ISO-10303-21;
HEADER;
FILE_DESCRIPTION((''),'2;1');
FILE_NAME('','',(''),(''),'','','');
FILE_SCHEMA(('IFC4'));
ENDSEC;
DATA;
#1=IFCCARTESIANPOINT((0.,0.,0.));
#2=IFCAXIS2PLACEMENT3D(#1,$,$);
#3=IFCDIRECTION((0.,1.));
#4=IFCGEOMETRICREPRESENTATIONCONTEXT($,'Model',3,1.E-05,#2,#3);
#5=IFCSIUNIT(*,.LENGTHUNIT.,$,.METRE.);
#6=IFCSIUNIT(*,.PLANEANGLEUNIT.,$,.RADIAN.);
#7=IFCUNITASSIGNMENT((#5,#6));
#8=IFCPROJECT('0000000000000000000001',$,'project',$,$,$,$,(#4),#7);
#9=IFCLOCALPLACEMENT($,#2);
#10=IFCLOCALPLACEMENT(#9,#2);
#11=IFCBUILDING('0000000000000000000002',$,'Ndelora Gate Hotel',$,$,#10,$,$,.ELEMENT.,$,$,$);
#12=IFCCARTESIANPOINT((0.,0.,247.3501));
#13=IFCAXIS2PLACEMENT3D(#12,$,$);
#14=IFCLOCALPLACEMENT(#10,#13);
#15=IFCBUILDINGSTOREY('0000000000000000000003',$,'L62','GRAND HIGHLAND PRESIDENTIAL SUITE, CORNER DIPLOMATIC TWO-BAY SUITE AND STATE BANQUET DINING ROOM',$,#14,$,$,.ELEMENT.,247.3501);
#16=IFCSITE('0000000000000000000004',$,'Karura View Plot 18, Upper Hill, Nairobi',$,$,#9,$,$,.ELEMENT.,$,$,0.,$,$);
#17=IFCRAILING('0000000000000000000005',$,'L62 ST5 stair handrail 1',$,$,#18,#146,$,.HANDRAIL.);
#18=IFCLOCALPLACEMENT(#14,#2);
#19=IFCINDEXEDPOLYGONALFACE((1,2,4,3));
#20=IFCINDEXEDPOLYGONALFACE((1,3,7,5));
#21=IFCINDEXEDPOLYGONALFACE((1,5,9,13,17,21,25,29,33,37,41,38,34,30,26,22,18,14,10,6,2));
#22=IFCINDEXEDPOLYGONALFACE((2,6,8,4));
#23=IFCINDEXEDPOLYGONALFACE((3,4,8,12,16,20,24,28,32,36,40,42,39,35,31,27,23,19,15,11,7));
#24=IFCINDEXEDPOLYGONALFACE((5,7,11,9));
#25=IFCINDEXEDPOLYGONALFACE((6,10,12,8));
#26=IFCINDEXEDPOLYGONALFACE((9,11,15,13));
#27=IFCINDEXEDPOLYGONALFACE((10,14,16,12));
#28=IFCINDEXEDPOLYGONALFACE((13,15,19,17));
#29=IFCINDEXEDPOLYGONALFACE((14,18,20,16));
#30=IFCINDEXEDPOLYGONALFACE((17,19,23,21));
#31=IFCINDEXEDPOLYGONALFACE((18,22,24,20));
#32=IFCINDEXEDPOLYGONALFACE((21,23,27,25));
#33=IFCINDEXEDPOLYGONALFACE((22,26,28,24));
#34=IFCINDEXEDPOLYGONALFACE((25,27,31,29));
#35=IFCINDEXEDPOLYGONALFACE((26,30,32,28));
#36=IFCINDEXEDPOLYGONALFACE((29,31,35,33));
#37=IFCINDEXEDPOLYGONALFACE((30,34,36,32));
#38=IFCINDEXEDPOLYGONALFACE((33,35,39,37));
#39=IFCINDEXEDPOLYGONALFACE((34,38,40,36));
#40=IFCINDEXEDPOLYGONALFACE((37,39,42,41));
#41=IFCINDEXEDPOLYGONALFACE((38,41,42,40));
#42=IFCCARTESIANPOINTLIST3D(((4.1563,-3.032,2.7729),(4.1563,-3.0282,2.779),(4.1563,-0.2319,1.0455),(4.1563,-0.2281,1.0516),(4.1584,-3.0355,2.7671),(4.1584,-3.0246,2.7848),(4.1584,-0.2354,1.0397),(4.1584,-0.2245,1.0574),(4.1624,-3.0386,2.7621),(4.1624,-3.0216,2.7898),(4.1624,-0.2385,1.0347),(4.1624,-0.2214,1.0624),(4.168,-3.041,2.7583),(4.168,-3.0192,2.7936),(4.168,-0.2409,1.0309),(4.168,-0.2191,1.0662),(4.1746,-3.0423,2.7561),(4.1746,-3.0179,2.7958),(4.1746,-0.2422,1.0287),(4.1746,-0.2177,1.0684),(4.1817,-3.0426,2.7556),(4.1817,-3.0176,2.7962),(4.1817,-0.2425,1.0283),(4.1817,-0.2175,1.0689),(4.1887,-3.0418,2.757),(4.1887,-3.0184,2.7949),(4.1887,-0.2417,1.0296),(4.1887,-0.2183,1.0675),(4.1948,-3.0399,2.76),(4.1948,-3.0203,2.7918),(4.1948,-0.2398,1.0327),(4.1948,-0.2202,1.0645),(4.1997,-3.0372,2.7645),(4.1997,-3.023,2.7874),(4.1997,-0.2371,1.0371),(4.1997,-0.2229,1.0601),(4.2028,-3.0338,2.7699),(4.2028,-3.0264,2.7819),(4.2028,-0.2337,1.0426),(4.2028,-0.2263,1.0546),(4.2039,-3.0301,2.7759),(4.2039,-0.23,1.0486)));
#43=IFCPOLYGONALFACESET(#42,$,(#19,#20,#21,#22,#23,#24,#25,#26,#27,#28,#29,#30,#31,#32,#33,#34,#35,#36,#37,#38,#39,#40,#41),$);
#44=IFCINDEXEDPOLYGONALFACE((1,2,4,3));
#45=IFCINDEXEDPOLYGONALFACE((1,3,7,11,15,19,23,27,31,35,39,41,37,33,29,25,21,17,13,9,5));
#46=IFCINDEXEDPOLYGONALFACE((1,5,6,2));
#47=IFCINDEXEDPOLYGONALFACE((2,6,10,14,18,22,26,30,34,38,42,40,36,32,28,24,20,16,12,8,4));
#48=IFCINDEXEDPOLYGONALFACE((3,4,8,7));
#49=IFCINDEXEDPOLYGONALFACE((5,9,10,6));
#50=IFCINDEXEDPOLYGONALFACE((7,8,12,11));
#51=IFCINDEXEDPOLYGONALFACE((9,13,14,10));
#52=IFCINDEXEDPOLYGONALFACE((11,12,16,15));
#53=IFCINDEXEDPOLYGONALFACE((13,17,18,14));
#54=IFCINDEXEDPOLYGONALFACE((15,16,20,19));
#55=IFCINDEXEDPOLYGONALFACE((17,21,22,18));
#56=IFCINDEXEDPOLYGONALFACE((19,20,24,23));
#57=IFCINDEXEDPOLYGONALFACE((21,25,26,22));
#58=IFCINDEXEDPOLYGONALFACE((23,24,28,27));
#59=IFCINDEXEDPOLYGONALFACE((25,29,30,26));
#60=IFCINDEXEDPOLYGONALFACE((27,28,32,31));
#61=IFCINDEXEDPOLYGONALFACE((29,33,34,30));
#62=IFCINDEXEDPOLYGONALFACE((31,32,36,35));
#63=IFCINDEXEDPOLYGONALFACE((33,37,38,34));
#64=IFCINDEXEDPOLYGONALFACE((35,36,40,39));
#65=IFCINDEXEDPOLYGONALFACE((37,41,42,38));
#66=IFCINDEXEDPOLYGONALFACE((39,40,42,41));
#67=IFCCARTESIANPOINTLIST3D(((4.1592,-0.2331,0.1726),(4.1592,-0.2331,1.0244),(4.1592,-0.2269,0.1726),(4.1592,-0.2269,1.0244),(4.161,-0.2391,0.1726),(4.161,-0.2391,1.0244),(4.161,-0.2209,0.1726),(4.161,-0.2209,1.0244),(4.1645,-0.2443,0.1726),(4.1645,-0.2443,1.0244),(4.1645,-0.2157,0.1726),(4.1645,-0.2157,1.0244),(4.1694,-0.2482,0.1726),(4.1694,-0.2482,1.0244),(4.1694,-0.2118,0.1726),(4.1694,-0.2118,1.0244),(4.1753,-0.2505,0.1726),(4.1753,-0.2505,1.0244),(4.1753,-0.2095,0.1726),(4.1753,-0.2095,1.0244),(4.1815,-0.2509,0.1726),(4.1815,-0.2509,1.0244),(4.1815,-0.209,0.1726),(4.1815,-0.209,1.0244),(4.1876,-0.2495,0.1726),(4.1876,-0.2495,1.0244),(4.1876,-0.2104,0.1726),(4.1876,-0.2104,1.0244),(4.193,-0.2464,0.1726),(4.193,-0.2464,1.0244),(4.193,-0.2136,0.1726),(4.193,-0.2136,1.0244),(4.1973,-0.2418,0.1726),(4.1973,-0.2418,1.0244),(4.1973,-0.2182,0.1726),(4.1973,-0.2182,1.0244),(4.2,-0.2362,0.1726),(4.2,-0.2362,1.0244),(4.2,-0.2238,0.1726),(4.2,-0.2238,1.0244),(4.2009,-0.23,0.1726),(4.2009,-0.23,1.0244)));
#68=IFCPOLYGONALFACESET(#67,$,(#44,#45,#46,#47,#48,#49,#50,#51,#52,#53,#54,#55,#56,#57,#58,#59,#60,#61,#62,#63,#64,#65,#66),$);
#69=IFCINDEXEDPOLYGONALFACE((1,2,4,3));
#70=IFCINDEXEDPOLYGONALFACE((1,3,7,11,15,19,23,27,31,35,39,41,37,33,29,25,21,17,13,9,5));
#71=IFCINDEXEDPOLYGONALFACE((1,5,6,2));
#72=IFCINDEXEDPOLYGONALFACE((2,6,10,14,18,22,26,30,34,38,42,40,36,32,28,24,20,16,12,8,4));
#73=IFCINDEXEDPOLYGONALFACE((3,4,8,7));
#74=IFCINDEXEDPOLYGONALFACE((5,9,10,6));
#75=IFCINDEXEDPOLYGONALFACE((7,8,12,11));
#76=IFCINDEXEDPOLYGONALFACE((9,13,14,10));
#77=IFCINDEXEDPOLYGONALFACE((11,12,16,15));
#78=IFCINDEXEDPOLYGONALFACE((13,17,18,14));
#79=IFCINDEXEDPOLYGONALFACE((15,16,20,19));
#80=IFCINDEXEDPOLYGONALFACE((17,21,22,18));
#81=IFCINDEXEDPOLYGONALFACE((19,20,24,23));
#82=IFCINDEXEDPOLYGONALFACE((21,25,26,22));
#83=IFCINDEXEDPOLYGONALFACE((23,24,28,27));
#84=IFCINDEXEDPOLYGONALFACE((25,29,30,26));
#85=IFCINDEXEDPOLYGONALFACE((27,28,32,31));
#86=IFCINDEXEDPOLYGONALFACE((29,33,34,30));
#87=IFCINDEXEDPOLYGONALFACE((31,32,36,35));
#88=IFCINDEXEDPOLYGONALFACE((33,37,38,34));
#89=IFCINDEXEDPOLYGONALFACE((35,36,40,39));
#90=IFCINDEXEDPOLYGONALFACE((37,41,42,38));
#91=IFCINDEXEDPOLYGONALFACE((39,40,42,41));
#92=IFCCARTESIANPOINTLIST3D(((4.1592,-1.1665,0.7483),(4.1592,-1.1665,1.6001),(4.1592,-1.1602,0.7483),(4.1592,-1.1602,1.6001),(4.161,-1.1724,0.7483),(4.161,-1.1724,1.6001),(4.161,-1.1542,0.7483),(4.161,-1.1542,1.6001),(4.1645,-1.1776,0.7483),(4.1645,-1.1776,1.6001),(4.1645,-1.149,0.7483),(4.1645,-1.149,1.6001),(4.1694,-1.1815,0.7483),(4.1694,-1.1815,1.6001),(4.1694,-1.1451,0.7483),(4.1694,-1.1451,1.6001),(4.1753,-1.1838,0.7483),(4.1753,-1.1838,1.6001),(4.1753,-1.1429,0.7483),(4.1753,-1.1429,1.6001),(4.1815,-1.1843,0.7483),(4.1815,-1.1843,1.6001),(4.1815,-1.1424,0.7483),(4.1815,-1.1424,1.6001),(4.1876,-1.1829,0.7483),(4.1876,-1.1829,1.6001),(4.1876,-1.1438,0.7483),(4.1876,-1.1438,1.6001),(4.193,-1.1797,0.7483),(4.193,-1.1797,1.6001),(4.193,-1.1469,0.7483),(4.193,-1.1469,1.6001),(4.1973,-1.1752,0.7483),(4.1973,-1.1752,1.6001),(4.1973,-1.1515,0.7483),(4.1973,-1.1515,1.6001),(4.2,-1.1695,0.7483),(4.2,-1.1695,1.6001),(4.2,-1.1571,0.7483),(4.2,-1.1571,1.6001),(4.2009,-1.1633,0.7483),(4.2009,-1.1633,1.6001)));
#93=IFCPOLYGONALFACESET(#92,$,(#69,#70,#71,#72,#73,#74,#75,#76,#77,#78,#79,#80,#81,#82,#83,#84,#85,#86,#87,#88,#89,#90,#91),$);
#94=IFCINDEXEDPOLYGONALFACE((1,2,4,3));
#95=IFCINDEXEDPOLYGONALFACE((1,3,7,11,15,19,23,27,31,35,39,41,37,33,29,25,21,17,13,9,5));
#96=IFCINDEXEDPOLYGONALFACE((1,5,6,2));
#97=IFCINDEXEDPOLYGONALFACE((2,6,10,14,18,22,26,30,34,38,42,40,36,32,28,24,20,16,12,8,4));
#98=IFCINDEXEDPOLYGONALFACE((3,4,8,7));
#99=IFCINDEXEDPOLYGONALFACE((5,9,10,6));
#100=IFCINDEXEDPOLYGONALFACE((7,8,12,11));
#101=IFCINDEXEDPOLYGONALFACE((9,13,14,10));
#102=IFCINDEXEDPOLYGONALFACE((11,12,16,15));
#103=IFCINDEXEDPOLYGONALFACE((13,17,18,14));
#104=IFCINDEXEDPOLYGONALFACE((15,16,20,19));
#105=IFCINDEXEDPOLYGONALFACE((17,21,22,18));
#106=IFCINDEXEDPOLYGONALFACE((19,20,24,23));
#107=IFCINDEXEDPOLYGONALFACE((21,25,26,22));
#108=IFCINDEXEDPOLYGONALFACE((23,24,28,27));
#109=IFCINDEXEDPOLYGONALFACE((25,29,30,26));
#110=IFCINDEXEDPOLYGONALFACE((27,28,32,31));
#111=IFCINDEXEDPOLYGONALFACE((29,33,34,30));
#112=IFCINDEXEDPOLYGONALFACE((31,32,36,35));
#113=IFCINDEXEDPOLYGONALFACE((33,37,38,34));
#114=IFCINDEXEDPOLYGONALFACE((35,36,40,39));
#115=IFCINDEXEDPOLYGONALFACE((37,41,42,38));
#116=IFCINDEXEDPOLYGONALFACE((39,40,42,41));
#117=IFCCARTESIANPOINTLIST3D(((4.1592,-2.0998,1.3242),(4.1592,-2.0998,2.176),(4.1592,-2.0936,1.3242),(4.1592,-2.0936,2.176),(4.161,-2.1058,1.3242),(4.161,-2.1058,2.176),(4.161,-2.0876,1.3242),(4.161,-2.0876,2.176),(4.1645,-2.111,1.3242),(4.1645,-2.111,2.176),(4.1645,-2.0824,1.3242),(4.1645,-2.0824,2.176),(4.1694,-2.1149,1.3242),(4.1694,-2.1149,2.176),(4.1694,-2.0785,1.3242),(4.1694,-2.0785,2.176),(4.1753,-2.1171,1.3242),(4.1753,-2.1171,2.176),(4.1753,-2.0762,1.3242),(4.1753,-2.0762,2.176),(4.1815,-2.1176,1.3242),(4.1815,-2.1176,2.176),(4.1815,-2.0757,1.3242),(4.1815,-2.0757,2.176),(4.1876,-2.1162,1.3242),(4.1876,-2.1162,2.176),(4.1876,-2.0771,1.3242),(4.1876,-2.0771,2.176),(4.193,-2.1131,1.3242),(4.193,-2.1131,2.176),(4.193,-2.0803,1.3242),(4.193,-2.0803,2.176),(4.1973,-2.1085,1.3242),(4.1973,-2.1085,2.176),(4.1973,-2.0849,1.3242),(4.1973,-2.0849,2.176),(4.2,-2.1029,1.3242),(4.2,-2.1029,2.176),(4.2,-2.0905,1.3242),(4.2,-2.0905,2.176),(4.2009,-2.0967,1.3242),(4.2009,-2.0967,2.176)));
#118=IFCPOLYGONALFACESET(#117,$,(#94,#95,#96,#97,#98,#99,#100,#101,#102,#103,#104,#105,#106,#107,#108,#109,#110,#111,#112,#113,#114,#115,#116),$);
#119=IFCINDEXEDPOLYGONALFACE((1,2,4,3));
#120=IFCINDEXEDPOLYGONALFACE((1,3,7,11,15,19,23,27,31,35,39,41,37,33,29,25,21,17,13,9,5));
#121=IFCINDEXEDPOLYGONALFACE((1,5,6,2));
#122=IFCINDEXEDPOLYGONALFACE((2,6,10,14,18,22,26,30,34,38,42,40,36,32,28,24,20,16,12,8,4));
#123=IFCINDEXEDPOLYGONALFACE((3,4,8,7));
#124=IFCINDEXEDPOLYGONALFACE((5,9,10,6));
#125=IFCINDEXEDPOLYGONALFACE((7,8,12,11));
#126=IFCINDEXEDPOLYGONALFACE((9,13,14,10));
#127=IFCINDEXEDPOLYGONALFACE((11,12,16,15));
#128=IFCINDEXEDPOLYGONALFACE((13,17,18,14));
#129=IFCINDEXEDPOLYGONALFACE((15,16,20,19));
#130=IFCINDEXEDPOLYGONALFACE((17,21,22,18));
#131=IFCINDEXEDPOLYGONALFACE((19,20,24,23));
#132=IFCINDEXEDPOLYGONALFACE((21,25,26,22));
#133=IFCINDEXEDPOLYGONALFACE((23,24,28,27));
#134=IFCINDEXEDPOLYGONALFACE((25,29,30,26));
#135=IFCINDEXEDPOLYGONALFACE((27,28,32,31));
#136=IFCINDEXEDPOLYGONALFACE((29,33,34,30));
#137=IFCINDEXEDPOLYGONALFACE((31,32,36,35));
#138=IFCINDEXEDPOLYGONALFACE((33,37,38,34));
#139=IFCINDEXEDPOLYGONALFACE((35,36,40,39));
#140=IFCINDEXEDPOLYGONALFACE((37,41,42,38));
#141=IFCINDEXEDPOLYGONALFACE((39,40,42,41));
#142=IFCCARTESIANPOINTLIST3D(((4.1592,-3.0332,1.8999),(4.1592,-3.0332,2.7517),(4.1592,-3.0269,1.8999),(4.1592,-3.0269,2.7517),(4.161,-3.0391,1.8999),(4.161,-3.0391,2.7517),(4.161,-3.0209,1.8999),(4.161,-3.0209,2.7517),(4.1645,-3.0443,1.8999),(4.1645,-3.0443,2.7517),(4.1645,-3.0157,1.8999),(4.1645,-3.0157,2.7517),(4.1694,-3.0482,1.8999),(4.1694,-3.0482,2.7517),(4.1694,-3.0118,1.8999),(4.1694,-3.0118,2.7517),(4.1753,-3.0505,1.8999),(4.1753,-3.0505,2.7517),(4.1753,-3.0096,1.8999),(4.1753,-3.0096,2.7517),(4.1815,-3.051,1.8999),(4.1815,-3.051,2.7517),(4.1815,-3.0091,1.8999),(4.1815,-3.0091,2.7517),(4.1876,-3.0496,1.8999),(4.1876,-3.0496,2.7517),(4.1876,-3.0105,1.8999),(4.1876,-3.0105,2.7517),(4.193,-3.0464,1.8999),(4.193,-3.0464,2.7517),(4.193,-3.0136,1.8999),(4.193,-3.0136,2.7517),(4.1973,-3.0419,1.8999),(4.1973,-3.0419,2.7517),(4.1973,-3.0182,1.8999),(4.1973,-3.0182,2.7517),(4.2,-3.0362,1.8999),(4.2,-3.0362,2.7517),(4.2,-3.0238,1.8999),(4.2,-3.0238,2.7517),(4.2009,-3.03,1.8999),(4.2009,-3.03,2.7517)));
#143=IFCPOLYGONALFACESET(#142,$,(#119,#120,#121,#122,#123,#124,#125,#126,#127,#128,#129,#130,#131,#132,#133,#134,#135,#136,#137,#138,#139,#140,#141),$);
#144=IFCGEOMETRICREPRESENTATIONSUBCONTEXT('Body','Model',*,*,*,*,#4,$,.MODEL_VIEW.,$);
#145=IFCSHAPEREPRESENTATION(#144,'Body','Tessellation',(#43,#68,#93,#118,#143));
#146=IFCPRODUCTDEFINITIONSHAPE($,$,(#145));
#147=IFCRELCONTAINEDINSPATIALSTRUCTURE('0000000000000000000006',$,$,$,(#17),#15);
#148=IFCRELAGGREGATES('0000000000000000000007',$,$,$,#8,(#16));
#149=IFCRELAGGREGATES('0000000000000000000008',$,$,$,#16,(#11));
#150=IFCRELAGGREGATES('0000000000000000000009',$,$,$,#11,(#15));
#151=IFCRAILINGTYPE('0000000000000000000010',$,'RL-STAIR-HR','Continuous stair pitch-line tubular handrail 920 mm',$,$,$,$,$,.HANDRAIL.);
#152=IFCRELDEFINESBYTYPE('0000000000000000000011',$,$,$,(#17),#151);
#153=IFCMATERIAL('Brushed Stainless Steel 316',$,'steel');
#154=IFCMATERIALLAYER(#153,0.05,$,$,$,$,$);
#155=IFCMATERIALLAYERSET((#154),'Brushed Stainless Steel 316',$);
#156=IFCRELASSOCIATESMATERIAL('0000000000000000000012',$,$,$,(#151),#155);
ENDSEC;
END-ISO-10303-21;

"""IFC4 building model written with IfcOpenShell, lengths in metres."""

from ifc_helpers import new_model, si_unit, direction, frame, origin, origin_2d, place, context, subcontext, project, spatial, circle, extrude, material, layer, layer_set, type_object, element, save


model = new_model("IFC4")

# Units and contexts
model_context = context("Model", 3, precision=1e-05, world=origin(), true_north=direction((0.0, 1.0)))
body_context = subcontext(model_context, "Body", "Model", "MODEL_VIEW")
ifc_project = project(units=[si_unit("LENGTHUNIT", "METRE"), si_unit("PLANEANGLEUNIT", "RADIAN")], contexts=[model_context])

# Site, building, storey
site_placement = place(None, origin())
site = spatial("IfcSite", under=ifc_project, at=site_placement, Name="Karura View Plot 18, Upper Hill, Nairobi", CompositionType="ELEMENT", RefElevation=0.0)
building_placement = place(site_placement, origin())
building = spatial("IfcBuilding", under=site, at=building_placement, Name="Ndelora Gate Hotel", CompositionType="ELEMENT")
storey_placement = place(building_placement, frame((0.0, 0.0, 247.3501)))
storey = spatial("IfcBuildingStorey", under=building, at=storey_placement, Name="L62", Description="GRAND HIGHLAND PRESIDENTIAL SUITE, CORNER DIPLOMATIC TWO-BAY SUITE AND STATE BANQUET DINING ROOM", CompositionType="ELEMENT", Elevation=247.3501)

# Railing
ifc_material_1 = material(Name="Brushed Stainless Steel 316", Category="steel")
ifc_layer_1 = layer(ifc_material_1, 0.05)
ifc_layer_set_1 = layer_set([ifc_layer_1], Name="Brushed Stainless Steel 316")
railing_type_1 = type_object("IfcRailingType", Name="RL-STAIR-HR", Description="Continuous stair pitch-line tubular handrail 920 mm", PredefinedType="HANDRAIL", material=ifc_layer_set_1)
railing_1_placement = place(storey_placement, frame((4.1799, -0.23, 0.1726)))
element("IfcRailing", 1, at=railing_1_placement, inside=storey, type_object=railing_type_1, Name="L62 ST5 stair handrail 1", PredefinedType="HANDRAIL", context=body_context, shape_type="SweptSolid", body=[
    extrude(circle(Radius=0.0239, at=origin_2d()), frame((0.0, 0.0, 0.876), z_axis=(0.0, -0.85109, 0.52502), x_axis=(1.0, 0.0, 0.0)), (0.0, 0.0, 1.0), 3.29),
    extrude(circle(Radius=0.021, at=origin_2d()), origin(), (0.0, 0.0, 1.0), 0.8518),
    extrude(circle(Radius=0.021, at=origin_2d()), frame((0.0, -0.9333, 0.5757)), (0.0, 0.0, 1.0), 0.8518),
    extrude(circle(Radius=0.021, at=origin_2d()), frame((0.0, -1.8667, 1.1516)), (0.0, 0.0, 1.0), 0.8518),
    extrude(circle(Radius=0.021, at=origin_2d()), frame((0.0, -2.8, 1.7273)), (0.0, 0.0, 1.0), 0.8518),
])

save(model, "model.ifc")
